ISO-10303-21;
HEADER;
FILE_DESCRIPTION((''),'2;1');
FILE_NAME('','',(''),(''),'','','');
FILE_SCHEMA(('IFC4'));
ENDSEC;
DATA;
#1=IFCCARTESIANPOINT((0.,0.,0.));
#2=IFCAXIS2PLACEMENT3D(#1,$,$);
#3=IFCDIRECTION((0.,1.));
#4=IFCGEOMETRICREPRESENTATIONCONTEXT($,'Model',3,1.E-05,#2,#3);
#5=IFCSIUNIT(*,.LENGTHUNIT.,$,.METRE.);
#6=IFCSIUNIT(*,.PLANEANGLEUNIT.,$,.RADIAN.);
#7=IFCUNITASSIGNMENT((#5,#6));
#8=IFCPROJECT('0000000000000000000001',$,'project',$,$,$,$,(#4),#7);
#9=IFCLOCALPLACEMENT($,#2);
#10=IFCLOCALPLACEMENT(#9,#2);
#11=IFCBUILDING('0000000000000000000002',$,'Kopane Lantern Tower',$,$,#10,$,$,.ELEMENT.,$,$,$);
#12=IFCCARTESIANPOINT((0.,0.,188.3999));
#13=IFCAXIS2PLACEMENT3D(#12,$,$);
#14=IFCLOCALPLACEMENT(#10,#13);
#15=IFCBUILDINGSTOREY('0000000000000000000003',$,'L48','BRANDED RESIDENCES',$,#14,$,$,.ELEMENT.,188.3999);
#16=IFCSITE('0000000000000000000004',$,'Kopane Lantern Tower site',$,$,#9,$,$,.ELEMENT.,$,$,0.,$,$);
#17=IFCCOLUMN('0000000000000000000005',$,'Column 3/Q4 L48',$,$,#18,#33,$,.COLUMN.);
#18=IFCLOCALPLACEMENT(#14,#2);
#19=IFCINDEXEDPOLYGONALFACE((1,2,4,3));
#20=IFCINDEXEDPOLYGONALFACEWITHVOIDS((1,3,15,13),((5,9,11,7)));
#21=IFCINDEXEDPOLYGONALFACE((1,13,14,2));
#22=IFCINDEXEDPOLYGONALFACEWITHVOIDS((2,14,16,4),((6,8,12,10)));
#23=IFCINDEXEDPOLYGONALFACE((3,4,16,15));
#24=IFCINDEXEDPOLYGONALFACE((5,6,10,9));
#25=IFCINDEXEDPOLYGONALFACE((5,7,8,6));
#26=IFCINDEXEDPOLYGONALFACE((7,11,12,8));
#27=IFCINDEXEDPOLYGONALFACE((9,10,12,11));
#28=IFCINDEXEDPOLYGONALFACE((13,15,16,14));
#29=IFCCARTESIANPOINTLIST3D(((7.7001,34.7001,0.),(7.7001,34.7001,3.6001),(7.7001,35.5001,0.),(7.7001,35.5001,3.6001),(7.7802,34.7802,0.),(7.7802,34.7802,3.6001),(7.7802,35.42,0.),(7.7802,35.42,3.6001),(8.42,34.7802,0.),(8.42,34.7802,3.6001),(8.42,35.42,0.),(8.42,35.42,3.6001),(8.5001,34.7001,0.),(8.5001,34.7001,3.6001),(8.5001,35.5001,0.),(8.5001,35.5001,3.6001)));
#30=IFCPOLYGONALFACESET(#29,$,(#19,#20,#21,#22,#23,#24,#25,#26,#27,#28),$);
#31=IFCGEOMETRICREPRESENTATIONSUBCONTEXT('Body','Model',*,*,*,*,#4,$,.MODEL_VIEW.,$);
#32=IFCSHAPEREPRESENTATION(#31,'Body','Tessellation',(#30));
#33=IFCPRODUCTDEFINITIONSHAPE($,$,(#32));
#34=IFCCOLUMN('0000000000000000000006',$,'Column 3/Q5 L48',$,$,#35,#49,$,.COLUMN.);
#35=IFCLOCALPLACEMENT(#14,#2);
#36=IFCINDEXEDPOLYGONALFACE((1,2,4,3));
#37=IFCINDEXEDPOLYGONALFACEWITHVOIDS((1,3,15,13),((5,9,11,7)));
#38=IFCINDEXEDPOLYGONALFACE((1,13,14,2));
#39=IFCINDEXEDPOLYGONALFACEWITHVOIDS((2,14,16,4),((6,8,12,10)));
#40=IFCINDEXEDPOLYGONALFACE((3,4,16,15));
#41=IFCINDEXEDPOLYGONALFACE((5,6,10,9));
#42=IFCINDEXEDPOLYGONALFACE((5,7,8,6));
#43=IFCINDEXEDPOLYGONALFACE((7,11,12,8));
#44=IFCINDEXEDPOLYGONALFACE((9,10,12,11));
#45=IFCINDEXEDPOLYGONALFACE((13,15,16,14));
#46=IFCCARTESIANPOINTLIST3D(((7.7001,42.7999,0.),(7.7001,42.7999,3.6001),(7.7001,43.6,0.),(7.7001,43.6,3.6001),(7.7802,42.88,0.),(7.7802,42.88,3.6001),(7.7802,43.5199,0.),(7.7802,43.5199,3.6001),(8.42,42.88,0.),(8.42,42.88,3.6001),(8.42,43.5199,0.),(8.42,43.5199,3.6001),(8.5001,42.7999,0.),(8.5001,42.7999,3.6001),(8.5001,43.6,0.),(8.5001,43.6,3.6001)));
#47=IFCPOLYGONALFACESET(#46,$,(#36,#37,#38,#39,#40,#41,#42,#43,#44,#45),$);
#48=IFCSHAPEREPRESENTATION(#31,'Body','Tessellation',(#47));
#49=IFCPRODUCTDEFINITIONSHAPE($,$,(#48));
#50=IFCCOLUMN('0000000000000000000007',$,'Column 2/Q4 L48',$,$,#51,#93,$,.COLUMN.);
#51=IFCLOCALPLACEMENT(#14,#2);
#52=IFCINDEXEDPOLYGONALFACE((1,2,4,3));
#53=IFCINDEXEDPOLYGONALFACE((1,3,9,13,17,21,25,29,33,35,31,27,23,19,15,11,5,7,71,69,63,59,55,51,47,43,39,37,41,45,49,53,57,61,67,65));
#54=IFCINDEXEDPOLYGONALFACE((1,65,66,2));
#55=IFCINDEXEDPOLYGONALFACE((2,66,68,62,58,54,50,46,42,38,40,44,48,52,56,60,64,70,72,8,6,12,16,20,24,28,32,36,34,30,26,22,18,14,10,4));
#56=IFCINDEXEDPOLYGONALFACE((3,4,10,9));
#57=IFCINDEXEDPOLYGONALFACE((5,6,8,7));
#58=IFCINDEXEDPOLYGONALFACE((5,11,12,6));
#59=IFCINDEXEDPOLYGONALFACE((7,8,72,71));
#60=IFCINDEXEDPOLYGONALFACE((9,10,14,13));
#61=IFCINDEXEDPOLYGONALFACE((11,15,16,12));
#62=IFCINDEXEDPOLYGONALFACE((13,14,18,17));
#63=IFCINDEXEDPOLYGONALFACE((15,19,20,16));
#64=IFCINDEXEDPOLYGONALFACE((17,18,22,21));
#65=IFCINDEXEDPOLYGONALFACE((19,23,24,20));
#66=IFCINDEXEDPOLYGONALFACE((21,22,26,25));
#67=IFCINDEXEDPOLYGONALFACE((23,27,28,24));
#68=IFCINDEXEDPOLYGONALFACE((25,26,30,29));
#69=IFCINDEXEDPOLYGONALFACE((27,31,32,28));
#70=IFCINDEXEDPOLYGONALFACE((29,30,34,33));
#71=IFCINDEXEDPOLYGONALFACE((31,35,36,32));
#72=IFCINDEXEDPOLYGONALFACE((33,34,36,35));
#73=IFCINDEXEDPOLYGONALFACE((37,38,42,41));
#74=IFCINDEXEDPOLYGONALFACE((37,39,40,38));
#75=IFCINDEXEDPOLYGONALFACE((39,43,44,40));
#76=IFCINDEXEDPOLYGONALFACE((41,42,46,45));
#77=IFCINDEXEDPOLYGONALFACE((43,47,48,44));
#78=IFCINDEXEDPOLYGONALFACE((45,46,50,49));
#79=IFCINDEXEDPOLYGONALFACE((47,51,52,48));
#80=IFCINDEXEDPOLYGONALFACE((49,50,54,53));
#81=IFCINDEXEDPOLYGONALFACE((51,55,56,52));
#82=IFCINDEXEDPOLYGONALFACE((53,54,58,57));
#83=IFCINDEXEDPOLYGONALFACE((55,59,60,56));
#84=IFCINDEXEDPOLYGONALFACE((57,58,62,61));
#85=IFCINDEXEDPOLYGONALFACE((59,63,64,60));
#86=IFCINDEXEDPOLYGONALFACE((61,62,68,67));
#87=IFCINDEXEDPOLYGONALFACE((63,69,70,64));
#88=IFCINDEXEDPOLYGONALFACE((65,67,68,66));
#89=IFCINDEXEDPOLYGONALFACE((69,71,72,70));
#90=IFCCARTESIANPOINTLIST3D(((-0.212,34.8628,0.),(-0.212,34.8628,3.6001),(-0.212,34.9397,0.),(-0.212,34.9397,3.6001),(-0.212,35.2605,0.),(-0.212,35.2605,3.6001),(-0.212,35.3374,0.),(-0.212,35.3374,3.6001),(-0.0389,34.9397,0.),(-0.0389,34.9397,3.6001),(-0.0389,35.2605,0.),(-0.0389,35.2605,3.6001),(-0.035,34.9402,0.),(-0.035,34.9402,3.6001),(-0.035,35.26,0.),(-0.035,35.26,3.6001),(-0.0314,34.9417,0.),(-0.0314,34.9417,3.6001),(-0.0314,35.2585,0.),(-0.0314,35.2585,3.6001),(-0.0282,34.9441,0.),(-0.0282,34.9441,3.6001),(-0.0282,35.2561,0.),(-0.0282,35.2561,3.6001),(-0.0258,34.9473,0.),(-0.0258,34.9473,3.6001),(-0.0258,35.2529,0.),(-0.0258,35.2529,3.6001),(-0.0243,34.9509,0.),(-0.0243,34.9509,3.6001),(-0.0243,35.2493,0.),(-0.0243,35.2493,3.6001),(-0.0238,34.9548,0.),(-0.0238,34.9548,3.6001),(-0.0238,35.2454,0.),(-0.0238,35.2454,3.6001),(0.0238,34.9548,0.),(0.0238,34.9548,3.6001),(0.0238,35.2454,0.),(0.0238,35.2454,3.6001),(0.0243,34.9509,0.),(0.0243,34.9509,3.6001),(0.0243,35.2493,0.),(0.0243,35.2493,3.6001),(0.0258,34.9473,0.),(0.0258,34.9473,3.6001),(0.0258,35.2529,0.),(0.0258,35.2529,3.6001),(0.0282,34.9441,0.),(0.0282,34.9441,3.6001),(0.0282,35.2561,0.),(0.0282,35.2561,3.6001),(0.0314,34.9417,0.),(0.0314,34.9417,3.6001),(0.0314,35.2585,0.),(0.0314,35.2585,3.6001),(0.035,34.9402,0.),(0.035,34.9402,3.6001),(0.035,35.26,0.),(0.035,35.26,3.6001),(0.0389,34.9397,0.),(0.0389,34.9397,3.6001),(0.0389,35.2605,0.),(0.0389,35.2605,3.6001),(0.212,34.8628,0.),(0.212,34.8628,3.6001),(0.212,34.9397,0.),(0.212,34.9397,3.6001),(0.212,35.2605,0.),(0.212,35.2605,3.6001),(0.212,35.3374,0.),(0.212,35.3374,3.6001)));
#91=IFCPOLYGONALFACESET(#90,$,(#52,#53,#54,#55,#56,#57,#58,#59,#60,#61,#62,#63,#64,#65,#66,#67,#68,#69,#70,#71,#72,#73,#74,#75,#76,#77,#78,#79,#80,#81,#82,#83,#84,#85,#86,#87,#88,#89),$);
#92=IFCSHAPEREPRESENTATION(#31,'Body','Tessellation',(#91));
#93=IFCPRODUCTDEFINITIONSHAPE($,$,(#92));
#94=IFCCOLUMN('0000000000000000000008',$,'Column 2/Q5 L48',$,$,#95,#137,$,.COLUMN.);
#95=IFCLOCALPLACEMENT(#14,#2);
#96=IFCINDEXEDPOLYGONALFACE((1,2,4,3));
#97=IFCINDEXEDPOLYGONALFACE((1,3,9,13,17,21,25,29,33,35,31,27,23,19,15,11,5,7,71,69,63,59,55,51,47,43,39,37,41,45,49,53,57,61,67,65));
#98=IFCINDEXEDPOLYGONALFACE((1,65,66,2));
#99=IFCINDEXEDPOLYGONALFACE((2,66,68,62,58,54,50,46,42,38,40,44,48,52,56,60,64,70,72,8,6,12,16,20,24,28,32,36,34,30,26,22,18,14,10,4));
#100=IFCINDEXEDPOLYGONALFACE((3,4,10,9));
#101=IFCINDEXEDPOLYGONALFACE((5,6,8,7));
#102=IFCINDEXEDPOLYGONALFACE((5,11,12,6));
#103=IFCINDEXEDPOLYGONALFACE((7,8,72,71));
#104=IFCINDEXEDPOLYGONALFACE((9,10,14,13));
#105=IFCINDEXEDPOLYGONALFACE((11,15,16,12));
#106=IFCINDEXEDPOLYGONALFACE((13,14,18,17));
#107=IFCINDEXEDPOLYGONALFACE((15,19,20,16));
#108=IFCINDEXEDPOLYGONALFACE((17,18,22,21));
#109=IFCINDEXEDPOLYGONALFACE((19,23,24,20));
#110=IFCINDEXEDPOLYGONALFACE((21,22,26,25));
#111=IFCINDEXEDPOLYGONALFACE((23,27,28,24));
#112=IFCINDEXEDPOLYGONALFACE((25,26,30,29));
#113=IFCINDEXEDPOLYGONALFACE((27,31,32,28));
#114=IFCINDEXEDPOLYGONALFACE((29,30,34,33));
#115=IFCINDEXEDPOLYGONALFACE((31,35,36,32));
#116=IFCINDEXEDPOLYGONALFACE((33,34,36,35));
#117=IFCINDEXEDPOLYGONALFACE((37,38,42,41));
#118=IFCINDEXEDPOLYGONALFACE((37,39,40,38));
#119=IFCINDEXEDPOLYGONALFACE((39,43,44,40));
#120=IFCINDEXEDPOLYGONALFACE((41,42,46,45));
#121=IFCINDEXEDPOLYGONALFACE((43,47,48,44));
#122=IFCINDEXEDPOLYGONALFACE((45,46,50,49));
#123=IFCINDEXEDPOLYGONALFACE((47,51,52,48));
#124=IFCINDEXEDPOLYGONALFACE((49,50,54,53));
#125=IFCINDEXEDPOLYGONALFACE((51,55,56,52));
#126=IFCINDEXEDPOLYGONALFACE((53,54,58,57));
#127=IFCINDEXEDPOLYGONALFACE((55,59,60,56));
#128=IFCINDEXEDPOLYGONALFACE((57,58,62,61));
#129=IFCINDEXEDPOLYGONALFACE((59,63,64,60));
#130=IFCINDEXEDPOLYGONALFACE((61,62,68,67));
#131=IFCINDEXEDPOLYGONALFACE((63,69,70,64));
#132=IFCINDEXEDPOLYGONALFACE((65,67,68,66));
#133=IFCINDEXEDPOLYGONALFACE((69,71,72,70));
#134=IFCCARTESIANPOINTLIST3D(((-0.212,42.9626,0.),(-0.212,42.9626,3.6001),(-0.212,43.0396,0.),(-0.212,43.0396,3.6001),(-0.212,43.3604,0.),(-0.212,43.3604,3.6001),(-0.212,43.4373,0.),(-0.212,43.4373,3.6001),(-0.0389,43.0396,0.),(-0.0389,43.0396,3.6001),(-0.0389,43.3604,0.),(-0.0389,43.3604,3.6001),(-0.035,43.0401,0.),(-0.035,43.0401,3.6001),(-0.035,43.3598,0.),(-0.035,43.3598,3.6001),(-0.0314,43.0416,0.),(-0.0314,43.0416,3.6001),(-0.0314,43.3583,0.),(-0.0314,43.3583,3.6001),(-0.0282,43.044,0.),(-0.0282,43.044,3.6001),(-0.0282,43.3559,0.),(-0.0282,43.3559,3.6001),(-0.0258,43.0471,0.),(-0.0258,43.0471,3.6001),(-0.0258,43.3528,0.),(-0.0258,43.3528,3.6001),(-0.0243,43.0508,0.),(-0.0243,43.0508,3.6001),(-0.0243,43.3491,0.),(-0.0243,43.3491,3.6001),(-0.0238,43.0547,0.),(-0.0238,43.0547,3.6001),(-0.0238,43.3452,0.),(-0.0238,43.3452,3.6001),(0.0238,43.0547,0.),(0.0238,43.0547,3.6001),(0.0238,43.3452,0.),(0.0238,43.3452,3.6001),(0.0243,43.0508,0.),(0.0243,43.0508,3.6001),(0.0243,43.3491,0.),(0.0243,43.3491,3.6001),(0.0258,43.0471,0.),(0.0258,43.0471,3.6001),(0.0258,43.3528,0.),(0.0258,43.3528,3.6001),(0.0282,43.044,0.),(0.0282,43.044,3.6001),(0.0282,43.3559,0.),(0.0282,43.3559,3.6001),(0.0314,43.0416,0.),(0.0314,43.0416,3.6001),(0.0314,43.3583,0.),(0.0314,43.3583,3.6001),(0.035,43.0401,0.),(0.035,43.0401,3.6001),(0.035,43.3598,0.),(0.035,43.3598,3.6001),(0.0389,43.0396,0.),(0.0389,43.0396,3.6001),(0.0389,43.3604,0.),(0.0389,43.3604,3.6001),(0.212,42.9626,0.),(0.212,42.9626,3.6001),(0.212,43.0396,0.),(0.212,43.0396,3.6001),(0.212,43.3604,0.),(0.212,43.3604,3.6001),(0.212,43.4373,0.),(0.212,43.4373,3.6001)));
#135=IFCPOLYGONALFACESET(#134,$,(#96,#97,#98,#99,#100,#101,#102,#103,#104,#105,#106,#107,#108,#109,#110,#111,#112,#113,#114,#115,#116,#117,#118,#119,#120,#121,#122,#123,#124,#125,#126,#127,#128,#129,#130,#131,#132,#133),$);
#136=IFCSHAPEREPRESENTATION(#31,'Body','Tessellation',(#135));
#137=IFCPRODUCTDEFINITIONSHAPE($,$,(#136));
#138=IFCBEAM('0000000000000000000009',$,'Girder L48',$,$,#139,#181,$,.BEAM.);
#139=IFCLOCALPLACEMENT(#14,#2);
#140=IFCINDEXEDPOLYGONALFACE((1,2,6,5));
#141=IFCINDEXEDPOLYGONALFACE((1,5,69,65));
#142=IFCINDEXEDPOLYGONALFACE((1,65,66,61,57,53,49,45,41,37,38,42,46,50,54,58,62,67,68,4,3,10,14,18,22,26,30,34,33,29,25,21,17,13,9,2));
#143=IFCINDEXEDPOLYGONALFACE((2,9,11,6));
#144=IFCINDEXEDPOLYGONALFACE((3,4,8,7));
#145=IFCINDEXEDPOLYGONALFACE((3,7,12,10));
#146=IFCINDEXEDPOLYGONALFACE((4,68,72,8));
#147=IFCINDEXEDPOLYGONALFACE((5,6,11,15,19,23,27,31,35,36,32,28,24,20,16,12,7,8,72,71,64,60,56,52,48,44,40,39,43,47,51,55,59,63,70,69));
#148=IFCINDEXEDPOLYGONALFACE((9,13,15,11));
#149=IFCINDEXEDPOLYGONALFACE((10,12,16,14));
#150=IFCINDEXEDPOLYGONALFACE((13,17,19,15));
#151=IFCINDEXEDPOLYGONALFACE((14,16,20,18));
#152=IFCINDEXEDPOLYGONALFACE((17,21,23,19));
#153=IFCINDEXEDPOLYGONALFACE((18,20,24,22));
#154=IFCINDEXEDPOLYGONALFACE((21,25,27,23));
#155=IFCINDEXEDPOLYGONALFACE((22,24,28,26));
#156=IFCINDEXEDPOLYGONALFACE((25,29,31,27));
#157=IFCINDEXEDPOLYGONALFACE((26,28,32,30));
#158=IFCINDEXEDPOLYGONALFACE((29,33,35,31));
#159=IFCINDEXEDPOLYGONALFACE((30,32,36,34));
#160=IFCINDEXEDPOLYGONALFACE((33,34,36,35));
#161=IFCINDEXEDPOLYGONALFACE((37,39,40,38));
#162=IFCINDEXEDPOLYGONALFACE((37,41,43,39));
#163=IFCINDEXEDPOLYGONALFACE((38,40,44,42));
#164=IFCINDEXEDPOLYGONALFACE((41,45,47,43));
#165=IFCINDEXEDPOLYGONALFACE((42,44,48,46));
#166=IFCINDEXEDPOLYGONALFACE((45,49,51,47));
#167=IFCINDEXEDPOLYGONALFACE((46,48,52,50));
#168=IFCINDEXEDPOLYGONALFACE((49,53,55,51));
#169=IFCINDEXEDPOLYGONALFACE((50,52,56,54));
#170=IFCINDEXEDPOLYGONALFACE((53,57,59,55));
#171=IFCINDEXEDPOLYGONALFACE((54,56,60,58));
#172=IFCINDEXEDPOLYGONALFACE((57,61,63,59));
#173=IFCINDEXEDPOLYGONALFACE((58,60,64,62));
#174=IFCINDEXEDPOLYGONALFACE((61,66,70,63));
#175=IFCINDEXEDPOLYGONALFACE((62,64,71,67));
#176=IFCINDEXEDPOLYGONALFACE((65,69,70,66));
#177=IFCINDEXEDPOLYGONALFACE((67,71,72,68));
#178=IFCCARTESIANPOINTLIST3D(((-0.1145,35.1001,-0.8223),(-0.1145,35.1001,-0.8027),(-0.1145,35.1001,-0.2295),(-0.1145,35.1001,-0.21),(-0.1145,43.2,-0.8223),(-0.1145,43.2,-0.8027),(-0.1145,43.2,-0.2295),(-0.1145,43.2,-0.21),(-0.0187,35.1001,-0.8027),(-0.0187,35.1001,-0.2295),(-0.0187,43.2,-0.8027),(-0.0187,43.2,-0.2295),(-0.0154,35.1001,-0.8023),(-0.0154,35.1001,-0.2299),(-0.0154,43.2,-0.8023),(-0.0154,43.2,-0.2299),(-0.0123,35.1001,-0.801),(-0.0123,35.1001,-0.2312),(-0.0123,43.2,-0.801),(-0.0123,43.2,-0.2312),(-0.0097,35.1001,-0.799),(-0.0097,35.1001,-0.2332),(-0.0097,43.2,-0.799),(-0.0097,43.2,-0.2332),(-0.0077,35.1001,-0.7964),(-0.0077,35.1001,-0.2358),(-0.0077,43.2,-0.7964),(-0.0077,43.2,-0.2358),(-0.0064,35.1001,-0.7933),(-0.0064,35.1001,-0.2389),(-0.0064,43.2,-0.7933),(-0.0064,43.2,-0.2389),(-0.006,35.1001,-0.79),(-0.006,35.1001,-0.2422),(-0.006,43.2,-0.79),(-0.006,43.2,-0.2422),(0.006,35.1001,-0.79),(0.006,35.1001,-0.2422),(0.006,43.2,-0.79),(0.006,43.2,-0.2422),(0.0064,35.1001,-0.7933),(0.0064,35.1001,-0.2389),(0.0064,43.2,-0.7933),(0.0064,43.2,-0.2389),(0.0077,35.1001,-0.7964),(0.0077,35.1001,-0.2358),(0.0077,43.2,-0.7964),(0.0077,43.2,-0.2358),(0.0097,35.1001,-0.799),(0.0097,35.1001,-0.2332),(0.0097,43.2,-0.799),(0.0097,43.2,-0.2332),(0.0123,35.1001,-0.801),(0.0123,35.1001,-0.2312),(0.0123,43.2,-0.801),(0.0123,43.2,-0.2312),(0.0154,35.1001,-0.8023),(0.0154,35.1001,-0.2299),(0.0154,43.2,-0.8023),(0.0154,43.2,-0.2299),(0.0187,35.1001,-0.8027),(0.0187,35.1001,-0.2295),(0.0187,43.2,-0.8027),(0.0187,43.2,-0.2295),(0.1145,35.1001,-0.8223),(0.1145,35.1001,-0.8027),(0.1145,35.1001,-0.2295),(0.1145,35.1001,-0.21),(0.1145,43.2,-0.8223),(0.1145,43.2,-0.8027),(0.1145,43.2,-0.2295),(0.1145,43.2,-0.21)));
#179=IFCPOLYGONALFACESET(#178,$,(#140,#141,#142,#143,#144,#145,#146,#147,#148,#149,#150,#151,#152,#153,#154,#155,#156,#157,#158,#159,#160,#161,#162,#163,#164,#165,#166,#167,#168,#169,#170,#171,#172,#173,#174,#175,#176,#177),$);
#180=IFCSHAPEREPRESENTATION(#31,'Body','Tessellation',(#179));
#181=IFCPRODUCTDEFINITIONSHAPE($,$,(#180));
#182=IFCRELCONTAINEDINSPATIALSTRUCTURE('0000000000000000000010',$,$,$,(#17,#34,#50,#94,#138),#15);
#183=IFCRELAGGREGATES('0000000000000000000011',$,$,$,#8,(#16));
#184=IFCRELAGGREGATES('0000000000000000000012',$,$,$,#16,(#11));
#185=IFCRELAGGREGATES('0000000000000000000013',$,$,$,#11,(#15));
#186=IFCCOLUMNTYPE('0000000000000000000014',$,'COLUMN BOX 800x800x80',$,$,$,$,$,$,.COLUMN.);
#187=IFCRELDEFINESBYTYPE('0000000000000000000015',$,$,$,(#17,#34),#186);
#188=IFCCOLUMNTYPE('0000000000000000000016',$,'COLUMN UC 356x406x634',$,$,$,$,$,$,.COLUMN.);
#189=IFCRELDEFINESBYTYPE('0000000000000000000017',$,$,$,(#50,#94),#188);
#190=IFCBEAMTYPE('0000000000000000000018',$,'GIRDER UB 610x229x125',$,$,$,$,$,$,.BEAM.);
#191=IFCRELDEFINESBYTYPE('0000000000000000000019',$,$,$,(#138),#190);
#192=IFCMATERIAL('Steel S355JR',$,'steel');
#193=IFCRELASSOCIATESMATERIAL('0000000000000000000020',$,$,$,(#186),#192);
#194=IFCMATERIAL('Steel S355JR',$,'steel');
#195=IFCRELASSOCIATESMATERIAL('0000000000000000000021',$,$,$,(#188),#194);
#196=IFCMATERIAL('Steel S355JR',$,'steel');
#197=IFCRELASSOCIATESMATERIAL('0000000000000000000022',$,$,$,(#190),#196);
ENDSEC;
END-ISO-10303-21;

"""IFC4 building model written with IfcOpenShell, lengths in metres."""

from ifc_helpers import new_model, si_unit, direction, frame, origin, origin_2d, place, context, subcontext, project, spatial, hollow_rectangle, i_section, extrude, material, material_profile, profile_set, type_object, element, save


model = new_model("IFC4")

# Units and contexts
model_context = context("Model", 3, precision=1e-05, world=origin(), true_north=direction((0.0, 1.0)))
body_context = subcontext(model_context, "Body", "Model", "MODEL_VIEW")
ifc_project = project(units=[si_unit("LENGTHUNIT", "METRE"), si_unit("PLANEANGLEUNIT", "RADIAN")], contexts=[model_context])

# Site, building, storey
site_placement = place(None, origin())
site = spatial("IfcSite", under=ifc_project, at=site_placement, Name="Kopane Lantern Tower site", CompositionType="ELEMENT", RefElevation=0.0)
building_placement = place(site_placement, origin())
building = spatial("IfcBuilding", under=site, at=building_placement, Name="Kopane Lantern Tower", CompositionType="ELEMENT")
storey_placement = place(building_placement, frame((0.0, 0.0, 188.3999)))
storey = spatial("IfcBuildingStorey", under=building, at=storey_placement, Name="L48", Description="BRANDED RESIDENCES", CompositionType="ELEMENT", Elevation=188.3999)

# Columns
ifc_material_1 = material(Name="Steel S355JR", Category="steel")
ifc_material_profile_1 = material_profile(ifc_material_1, hollow_rectangle(XDim=0.8, YDim=0.8, WallThickness=0.0801, at=origin_2d()), Name="BOX 800x800x80")
ifc_profile_set_1 = profile_set([ifc_material_profile_1], Name="Steel S355JR")
column_type_1 = type_object("IfcColumnType", Name="COLUMN BOX 800x800x80", PredefinedType="COLUMN", material=ifc_profile_set_1)
for number, where, z_axis, x_axis, name in (
    (1, (8.1001, 35.1001, 0.0), (0.0, 0.0, 1.0), (1.0, 0.0, 0.0), "Column 3/Q4 L48"),
    (2, (8.1001, 43.2, 0.0), (0.0, 0.0, 1.0), (1.0, 0.0, 0.0), "Column 3/Q5 L48"),
):
    element("IfcColumn", number, at=place(storey_placement, frame(where, z_axis=z_axis, x_axis=x_axis)), inside=storey, type_object=column_type_1, Name=name, PredefinedType="COLUMN", context=body_context, shape_type="SweptSolid", body=[
        extrude(hollow_rectangle(XDim=0.8, YDim=0.8, WallThickness=0.0801, at=origin_2d()), origin(), (0.0, 0.0, 1.0), 3.6001),
    ])
ifc_material_2 = material(Name="Steel S355JR", Category="steel")
ifc_material_profile_2 = material_profile(ifc_material_2, i_section(OverallWidth=0.4241, OverallDepth=0.4746, WebThickness=0.0476, FlangeThickness=0.0769, FilletRadius=0.0151, at=origin_2d()), Name="UC 356x406x634")
ifc_profile_set_2 = profile_set([ifc_material_profile_2], Name="Steel S355JR")
column_type_2 = type_object("IfcColumnType", Name="COLUMN UC 356x406x634", PredefinedType="COLUMN", material=ifc_profile_set_2)
for number, where, z_axis, x_axis, name in (
    (3, (0.0, 35.1001, 0.0), (0.0, 0.0, 1.0), (1.0, 0.0, 0.0), "Column 2/Q4 L48"),
    (4, (0.0, 43.2, 0.0), (0.0, 0.0, 1.0), (1.0, 0.0, 0.0), "Column 2/Q5 L48"),
):
    element("IfcColumn", number, at=place(storey_placement, frame(where, z_axis=z_axis, x_axis=x_axis)), inside=storey, type_object=column_type_2, Name=name, PredefinedType="COLUMN", context=body_context, shape_type="SweptSolid", body=[
        extrude(i_section(OverallWidth=0.4241, OverallDepth=0.4746, WebThickness=0.0476, FlangeThickness=0.0769, FilletRadius=0.0151, at=origin_2d()), origin(), (0.0, 0.0, 1.0), 3.6001),
    ])

# Beam
ifc_material_3 = material(Name="Steel S355JR", Category="steel")
ifc_material_profile_3 = material_profile(ifc_material_3, i_section(OverallWidth=0.229, OverallDepth=0.6123, WebThickness=0.012, FlangeThickness=0.0195, FilletRadius=0.0127, at=origin_2d()), Name="UB 610x229x125")
ifc_profile_set_3 = profile_set([ifc_material_profile_3], Name="Steel S355JR")
beam_type = type_object("IfcBeamType", Name="GIRDER UB 610x229x125", PredefinedType="BEAM", material=ifc_profile_set_3)
beam_1_placement = place(storey_placement, frame((0.0, 35.1001, -0.5161), z_axis=(0.0, 1.0, 0.0), x_axis=(-1.0, 0.0, 0.0)))
element("IfcBeam", 5, at=beam_1_placement, inside=storey, type_object=beam_type, Name="Girder L48", PredefinedType="BEAM", context=body_context, shape_type="SweptSolid", body=[
    extrude(i_section(OverallWidth=0.229, OverallDepth=0.6123, WebThickness=0.012, FlangeThickness=0.0195, FilletRadius=0.0127, at=origin_2d()), origin(), (0.0, 0.0, 1.0), 8.0999),
])

save(model, "model.ifc")
